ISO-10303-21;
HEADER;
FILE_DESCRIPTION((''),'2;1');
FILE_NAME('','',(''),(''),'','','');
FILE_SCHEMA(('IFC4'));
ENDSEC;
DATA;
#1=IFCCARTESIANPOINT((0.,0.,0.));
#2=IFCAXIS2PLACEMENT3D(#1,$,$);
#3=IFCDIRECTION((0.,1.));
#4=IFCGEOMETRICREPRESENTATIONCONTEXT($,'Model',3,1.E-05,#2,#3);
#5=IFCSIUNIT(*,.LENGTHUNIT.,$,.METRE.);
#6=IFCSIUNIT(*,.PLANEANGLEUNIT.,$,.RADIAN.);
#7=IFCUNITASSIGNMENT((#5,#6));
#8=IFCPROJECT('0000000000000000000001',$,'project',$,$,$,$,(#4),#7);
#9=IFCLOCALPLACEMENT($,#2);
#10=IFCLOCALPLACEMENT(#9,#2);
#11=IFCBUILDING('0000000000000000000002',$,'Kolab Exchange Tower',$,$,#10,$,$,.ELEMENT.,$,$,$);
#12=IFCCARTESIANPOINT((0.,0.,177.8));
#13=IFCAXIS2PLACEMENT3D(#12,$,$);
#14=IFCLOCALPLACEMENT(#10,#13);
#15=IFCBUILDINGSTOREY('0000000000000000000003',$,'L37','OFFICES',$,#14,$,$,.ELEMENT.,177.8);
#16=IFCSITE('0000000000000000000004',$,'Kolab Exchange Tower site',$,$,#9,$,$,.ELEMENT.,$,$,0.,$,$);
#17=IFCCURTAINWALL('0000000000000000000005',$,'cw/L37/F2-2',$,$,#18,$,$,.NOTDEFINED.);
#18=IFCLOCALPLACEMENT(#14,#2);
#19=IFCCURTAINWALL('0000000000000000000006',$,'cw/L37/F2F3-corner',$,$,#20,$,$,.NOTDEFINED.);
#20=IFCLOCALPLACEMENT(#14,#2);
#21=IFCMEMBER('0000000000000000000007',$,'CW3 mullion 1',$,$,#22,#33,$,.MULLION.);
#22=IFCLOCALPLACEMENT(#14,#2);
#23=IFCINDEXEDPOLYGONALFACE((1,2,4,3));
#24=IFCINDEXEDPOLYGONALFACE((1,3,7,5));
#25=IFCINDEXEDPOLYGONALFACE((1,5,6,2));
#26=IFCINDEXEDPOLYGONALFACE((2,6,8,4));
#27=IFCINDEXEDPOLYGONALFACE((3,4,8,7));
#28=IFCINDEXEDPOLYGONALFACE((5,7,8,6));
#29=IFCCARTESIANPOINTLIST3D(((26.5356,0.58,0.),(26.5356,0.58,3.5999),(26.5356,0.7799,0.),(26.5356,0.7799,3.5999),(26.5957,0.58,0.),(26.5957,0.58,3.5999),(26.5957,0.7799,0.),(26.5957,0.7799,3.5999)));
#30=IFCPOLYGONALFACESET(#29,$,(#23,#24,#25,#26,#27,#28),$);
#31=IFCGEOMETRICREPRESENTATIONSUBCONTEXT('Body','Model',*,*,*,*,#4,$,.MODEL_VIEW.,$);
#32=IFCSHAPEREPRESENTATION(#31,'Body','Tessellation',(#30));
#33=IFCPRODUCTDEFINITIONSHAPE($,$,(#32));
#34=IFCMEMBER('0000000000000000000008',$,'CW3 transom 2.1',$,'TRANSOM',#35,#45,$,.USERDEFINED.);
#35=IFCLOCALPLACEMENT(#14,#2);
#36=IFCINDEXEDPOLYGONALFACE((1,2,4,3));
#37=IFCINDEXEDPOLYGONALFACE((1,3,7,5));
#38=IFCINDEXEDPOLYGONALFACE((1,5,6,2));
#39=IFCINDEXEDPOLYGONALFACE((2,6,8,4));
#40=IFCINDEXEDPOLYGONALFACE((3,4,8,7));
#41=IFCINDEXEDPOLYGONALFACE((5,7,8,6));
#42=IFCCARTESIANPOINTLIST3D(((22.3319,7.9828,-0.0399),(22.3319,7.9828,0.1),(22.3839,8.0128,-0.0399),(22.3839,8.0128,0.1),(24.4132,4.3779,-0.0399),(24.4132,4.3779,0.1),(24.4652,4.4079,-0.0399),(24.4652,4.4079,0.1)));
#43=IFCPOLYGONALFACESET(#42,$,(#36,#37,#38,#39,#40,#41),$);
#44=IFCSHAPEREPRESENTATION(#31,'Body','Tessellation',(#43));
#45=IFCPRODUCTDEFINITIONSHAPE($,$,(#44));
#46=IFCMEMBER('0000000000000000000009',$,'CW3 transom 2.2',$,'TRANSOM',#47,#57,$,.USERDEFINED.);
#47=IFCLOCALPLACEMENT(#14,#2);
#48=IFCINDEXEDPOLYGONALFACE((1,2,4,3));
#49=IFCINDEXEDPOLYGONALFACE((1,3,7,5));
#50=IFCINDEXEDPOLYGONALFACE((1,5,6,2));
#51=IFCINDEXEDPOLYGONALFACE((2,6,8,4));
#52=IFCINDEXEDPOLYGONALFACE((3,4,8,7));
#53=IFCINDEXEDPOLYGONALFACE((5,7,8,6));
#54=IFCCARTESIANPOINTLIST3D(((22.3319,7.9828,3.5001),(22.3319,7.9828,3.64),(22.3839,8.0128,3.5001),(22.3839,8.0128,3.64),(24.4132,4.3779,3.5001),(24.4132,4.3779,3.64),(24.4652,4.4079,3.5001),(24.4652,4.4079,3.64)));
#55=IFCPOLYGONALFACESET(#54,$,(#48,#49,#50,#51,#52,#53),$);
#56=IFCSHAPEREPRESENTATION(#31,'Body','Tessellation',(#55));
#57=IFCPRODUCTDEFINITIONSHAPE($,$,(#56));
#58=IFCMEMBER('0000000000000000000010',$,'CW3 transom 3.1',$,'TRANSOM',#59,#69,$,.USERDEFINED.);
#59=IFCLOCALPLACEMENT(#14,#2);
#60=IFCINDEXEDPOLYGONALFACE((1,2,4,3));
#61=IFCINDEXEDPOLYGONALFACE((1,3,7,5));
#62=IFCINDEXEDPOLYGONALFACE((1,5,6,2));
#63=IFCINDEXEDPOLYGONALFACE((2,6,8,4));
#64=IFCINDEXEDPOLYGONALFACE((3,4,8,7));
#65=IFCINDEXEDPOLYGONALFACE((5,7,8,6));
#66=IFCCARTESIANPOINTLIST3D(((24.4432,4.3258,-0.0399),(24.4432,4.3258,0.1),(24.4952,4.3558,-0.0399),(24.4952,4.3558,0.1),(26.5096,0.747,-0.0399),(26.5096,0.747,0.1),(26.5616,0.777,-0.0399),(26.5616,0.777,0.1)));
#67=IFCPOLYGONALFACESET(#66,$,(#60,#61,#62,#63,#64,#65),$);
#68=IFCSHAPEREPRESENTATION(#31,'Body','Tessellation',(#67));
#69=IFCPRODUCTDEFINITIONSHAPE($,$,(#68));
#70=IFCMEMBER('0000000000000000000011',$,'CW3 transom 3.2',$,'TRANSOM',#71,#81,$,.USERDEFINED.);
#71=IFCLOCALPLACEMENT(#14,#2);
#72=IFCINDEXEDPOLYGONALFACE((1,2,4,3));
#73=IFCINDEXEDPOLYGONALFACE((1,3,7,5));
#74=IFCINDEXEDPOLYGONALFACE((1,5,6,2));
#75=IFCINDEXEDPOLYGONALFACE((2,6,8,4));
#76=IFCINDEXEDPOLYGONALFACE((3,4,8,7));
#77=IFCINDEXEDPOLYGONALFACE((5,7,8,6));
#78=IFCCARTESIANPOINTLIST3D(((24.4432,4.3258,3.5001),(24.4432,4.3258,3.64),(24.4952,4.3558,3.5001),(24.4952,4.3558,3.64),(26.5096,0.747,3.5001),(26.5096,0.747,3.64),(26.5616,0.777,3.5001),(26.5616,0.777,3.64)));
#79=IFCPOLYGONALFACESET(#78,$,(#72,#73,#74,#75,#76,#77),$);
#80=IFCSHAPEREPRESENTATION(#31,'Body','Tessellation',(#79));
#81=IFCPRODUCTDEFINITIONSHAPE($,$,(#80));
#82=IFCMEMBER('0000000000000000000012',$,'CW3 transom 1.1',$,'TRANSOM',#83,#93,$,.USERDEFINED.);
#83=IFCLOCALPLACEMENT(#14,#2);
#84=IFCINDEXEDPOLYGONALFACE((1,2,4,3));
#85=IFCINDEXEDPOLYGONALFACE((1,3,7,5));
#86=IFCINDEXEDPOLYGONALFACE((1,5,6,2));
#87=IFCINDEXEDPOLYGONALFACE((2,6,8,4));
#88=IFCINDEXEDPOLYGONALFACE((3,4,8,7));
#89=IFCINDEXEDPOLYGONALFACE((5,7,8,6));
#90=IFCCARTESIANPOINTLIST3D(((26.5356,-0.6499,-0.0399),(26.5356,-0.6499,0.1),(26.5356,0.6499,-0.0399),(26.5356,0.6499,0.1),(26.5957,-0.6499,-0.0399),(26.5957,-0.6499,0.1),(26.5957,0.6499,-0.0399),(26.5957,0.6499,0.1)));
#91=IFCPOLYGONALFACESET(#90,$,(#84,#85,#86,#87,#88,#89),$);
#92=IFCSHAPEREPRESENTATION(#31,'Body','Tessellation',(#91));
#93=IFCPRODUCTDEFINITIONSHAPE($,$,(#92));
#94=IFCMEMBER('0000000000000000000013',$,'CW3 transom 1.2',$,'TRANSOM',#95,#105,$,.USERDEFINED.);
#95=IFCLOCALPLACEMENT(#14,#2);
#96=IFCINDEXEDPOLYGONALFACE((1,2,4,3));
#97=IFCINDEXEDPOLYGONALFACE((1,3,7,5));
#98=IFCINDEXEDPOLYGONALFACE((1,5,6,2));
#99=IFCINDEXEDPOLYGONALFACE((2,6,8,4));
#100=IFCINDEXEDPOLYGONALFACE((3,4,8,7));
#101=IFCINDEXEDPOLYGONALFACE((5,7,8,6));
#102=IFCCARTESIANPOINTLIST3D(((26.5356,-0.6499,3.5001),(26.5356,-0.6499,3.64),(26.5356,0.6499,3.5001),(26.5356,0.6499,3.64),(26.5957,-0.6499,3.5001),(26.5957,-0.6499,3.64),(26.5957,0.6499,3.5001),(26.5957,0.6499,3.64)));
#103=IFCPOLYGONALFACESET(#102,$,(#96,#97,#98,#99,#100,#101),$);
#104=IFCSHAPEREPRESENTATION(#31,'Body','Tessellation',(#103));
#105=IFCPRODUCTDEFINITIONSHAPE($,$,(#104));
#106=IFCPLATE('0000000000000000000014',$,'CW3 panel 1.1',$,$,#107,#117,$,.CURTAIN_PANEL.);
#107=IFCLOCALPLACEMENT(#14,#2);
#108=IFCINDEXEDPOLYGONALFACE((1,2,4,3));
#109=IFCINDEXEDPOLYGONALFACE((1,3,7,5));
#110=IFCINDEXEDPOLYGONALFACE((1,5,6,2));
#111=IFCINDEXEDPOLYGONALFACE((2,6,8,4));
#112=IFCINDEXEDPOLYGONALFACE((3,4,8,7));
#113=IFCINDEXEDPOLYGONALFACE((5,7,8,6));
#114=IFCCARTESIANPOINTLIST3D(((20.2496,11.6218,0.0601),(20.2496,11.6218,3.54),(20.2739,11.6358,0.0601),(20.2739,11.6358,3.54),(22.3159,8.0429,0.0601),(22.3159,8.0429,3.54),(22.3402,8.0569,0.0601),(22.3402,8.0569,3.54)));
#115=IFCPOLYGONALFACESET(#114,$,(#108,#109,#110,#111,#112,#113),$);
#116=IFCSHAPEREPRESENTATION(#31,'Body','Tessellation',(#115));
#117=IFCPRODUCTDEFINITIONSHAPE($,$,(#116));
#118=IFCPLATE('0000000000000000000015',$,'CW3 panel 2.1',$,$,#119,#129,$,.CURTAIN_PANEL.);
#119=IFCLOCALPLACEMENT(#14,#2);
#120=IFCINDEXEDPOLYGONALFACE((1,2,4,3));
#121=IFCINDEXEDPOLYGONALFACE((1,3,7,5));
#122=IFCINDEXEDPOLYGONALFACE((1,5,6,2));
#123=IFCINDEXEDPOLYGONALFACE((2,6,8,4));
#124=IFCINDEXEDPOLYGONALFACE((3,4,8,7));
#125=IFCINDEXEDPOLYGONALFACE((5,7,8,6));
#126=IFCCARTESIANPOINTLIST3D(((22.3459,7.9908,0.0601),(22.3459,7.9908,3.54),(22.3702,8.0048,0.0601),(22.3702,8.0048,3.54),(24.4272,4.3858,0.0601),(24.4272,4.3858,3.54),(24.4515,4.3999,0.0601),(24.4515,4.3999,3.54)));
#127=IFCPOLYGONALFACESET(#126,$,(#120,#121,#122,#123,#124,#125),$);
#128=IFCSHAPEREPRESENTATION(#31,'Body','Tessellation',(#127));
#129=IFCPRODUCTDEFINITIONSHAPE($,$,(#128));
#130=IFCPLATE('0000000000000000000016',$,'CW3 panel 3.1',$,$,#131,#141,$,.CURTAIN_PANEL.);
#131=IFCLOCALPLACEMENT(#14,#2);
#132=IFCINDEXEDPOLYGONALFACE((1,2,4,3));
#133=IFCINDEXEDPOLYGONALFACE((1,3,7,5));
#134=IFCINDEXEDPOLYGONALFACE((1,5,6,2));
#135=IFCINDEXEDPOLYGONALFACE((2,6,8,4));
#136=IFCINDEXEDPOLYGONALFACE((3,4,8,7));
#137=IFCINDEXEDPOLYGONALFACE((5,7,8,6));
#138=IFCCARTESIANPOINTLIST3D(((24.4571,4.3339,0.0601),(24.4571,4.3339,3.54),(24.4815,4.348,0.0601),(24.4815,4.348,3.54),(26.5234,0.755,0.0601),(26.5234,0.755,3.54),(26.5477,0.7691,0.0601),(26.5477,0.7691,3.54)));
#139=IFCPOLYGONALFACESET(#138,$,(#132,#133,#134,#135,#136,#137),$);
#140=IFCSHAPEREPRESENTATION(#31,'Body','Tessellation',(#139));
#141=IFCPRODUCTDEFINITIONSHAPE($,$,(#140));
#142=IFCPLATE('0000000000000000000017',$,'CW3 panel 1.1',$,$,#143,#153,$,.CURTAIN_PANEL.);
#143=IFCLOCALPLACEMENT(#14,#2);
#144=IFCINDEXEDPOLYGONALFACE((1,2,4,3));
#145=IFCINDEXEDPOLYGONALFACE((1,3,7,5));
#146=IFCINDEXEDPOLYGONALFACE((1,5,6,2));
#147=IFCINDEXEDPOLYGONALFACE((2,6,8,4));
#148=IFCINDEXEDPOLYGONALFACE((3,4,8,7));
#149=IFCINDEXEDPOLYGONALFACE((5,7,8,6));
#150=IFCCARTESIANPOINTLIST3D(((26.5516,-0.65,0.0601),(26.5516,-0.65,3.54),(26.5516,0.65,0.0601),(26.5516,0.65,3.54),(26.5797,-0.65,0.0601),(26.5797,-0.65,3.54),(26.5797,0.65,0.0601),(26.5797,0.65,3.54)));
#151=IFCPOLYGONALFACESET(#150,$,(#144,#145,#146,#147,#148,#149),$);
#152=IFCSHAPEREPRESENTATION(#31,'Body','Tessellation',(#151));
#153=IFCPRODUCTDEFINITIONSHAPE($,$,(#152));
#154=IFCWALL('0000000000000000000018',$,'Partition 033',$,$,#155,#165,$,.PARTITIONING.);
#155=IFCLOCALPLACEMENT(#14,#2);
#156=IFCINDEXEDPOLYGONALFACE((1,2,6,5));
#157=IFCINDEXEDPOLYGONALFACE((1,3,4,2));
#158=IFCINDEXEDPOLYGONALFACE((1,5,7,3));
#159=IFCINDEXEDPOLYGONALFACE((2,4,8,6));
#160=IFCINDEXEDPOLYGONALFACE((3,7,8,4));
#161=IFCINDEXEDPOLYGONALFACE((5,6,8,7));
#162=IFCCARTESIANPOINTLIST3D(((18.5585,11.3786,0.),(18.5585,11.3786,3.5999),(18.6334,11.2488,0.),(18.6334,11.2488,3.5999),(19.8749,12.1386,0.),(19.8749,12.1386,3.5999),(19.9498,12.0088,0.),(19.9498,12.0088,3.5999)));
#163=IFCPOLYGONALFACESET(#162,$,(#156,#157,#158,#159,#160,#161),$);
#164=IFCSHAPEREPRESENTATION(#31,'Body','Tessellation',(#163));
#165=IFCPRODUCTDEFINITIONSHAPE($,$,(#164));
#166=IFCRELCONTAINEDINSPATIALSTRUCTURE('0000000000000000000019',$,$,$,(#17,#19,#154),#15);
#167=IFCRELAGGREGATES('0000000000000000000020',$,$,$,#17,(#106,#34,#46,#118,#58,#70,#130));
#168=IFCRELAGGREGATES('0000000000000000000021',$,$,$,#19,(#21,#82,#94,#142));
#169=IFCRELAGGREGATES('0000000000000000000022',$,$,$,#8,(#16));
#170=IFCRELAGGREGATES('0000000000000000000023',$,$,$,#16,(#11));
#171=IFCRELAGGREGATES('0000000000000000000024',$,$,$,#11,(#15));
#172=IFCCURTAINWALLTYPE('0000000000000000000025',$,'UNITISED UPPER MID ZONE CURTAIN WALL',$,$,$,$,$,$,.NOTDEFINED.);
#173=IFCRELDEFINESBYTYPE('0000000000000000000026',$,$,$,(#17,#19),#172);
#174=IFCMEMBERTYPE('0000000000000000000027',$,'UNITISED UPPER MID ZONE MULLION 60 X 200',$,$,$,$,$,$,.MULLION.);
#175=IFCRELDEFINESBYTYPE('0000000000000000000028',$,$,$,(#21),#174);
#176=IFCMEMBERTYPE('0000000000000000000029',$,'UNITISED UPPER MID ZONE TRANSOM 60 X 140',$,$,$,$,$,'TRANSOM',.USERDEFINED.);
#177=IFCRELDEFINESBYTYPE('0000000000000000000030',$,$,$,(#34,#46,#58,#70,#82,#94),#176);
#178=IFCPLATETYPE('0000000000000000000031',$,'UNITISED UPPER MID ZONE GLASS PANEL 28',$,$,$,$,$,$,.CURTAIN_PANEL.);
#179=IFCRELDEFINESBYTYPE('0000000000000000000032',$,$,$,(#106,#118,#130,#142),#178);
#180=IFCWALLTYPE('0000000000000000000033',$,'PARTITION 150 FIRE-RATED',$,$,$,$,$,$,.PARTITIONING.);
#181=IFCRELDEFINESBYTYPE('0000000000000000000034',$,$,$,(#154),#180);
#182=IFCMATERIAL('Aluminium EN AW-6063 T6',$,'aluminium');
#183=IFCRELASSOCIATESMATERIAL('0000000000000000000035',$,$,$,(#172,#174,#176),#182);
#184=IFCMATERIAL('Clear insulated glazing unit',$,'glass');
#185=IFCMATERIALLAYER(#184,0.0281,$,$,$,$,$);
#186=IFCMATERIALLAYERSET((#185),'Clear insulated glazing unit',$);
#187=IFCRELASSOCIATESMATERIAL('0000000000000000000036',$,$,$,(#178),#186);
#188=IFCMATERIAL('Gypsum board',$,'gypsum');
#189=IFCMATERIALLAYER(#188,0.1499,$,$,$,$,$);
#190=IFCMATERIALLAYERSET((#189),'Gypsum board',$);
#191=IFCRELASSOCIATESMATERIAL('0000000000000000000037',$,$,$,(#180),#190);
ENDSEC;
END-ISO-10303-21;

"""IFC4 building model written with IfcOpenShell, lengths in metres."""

from ifc_helpers import new_model, si_unit, direction, frame, frame_2d, origin, origin_2d, place, context, subcontext, project, spatial, rectangle, extrude, material, layer, layer_set, material_profile, profile_set, type_object, element, aggregate, save


model = new_model("IFC4")

# Units and contexts
model_context = context("Model", 3, precision=1e-05, world=origin(), true_north=direction((0.0, 1.0)))
body_context = subcontext(model_context, "Body", "Model", "MODEL_VIEW")
ifc_project = project(units=[si_unit("LENGTHUNIT", "METRE"), si_unit("PLANEANGLEUNIT", "RADIAN")], contexts=[model_context])

# Site, building, storey
site_placement = place(None, origin())
site = spatial("IfcSite", under=ifc_project, at=site_placement, Name="Kolab Exchange Tower site", CompositionType="ELEMENT", RefElevation=0.0)
building_placement = place(site_placement, origin())
building = spatial("IfcBuilding", under=site, at=building_placement, Name="Kolab Exchange Tower", CompositionType="ELEMENT")
storey_placement = place(building_placement, frame((0.0, 0.0, 177.8)))
storey = spatial("IfcBuildingStorey", under=building, at=storey_placement, Name="L37", Description="OFFICES", CompositionType="ELEMENT", Elevation=177.8)

# Curtain wall
ifc_material_1 = material(Name="Aluminium EN AW-6063 T6", Category="aluminium")
curtain_wall_type = type_object("IfcCurtainWallType", Name="UNITISED UPPER MID ZONE CURTAIN WALL", PredefinedType="NOTDEFINED", material=ifc_material_1)
curtain_wall_1_placement = place(storey_placement, origin())
curtain_wall_1 = element("IfcCurtainWall", 1, at=curtain_wall_1_placement, inside=storey, type_object=curtain_wall_type, Name="cw/L37/F2-2", PredefinedType="NOTDEFINED")
ifc_material_profile_1 = material_profile(ifc_material_1, rectangle(XDim=0.0601, YDim=0.2, at=origin_2d()), Name="RECT 60X200")
ifc_profile_set_1 = profile_set([ifc_material_profile_1], Name="Aluminium EN AW-6063 T6")
member_type_1 = type_object("IfcMemberType", Name="UNITISED UPPER MID ZONE MULLION 60 X 200", PredefinedType="MULLION", material=ifc_profile_set_1)

# Curtain wall, member
curtain_wall_2_placement = place(storey_placement, origin())
curtain_wall_2 = element("IfcCurtainWall", 2, at=curtain_wall_2_placement, inside=storey, type_object=curtain_wall_type, Name="cw/L37/F2F3-corner", PredefinedType="NOTDEFINED")
member_1_placement = place(storey_placement, frame((26.5657, 0.6799, 0.0), z_axis=(0.0, 0.0, 1.0), x_axis=(1.0, 0.0, 0.0)))
member_1 = element("IfcMember", 3, at=member_1_placement, type_object=member_type_1, Name="CW3 mullion 1", PredefinedType="MULLION", context=body_context, shape_type="SweptSolid", body=[
    extrude(rectangle(XDim=0.0601, YDim=0.2, at=origin_2d()), origin(), (0.0, 0.0, 1.0), 3.5999),
])

# Members
ifc_material_profile_2 = material_profile(ifc_material_1, rectangle(XDim=0.0601, YDim=0.1399, at=origin_2d()), Name="RECT 60X140")
ifc_profile_set_2 = profile_set([ifc_material_profile_2], Name="Aluminium EN AW-6063 T6")
member_type_2 = type_object("IfcMemberType", Name="UNITISED UPPER MID ZONE TRANSOM 60 X 140", ElementType="TRANSOM", PredefinedType="USERDEFINED", material=ifc_profile_set_2)
member_2_placement = place(storey_placement, frame((22.3579, 7.9978, 0.03), z_axis=(0.499993, -0.866029, 0.0), x_axis=(0.866029, 0.499993, 0.0)))
member_2 = element("IfcMember", 4, at=member_2_placement, type_object=member_type_2, Name="CW3 transom 2.1", ObjectType="TRANSOM", PredefinedType="USERDEFINED", context=body_context, shape_type="SweptSolid", body=[
    extrude(rectangle(XDim=0.0601, YDim=0.1399, at=origin_2d()), origin(), (0.0, 0.0, 1.0), 4.1626),
])
member_3_placement = place(storey_placement, frame((22.3579, 7.9978, 3.5701), z_axis=(0.499993, -0.866029, 0.0), x_axis=(0.866029, 0.499993, 0.0)))
member_3 = element("IfcMember", 5, at=member_3_placement, type_object=member_type_2, Name="CW3 transom 2.2", ObjectType="TRANSOM", PredefinedType="USERDEFINED", context=body_context, shape_type="SweptSolid", body=[
    extrude(rectangle(XDim=0.0601, YDim=0.1399, at=origin_2d()), origin(), (0.0, 0.0, 1.0), 4.1626),
])
member_4_placement = place(storey_placement, frame((24.4692, 4.3408, 0.03), z_axis=(0.500028, -0.866009, 0.0), x_axis=(0.866009, 0.500028, 0.0)))
member_4 = element("IfcMember", 6, at=member_4_placement, type_object=member_type_2, Name="CW3 transom 3.1", ObjectType="TRANSOM", PredefinedType="USERDEFINED", context=body_context, shape_type="SweptSolid", body=[
    extrude(rectangle(XDim=0.0601, YDim=0.1399, at=origin_2d()), origin(), (0.0, 0.0, 1.0), 4.1326),
])
member_5_placement = place(storey_placement, frame((24.4692, 4.3408, 3.5701), z_axis=(0.500028, -0.866009, 0.0), x_axis=(0.866009, 0.500028, 0.0)))
member_5 = element("IfcMember", 7, at=member_5_placement, type_object=member_type_2, Name="CW3 transom 3.2", ObjectType="TRANSOM", PredefinedType="USERDEFINED", context=body_context, shape_type="SweptSolid", body=[
    extrude(rectangle(XDim=0.0601, YDim=0.1399, at=origin_2d()), origin(), (0.0, 0.0, 1.0), 4.1326),
])
member_6_placement = place(storey_placement, frame((26.5657, 0.6499, 0.03), z_axis=(0.0, -1.0, 0.0), x_axis=(1.0, 0.0, 0.0)))
member_6 = element("IfcMember", 8, at=member_6_placement, type_object=member_type_2, Name="CW3 transom 1.1", ObjectType="TRANSOM", PredefinedType="USERDEFINED", context=body_context, shape_type="SweptSolid", body=[
    extrude(rectangle(XDim=0.0601, YDim=0.1399, at=origin_2d()), origin(), (0.0, 0.0, 1.0), 1.2998),
])
member_7_placement = place(storey_placement, frame((26.5657, 0.6499, 3.5701), z_axis=(0.0, -1.0, 0.0), x_axis=(1.0, 0.0, 0.0)))
member_7 = element("IfcMember", 9, at=member_7_placement, type_object=member_type_2, Name="CW3 transom 1.2", ObjectType="TRANSOM", PredefinedType="USERDEFINED", context=body_context, shape_type="SweptSolid", body=[
    extrude(rectangle(XDim=0.0601, YDim=0.1399, at=origin_2d()), origin(), (0.0, 0.0, 1.0), 1.2998),
])

# Plates
ifc_material_2 = material(Name="Clear insulated glazing unit", Category="glass")
ifc_layer_1 = layer(ifc_material_2, 0.0281)
ifc_layer_set_1 = layer_set([ifc_layer_1], Name="Clear insulated glazing unit")
plate_type = type_object("IfcPlateType", Name="UNITISED UPPER MID ZONE GLASS PANEL 28", PredefinedType="CURTAIN_PANEL", material=ifc_layer_set_1)
plate_1_placement = place(storey_placement, frame((21.2949, 9.8394, 0.0601), z_axis=(0.0, 0.0, 1.0), x_axis=(0.5, -0.866025, 0.0)))
plate_1 = element("IfcPlate", 10, at=plate_1_placement, type_object=plate_type, Name="CW3 panel 1.1", PredefinedType="CURTAIN_PANEL", context=body_context, shape_type="SweptSolid", body=[
    extrude(rectangle(XDim=4.1326, YDim=0.0281, at=origin_2d()), origin(), (0.0, 0.0, 1.0), 3.48),
])
plate_2_placement = place(storey_placement, frame((23.3987, 6.1953, 0.0601), z_axis=(0.0, 0.0, 1.0), x_axis=(0.5, -0.866025, 0.0)))
plate_2 = element("IfcPlate", 11, at=plate_2_placement, type_object=plate_type, Name="CW3 panel 2.1", PredefinedType="CURTAIN_PANEL", context=body_context, shape_type="SweptSolid", body=[
    extrude(rectangle(XDim=4.1626, YDim=0.0281, at=origin_2d()), origin(), (0.0, 0.0, 1.0), 3.48),
])
plate_3_placement = place(storey_placement, frame((25.5024, 2.5515, 0.0601), z_axis=(0.0, 0.0, 1.0), x_axis=(0.5, -0.866025, 0.0)))
plate_3 = element("IfcPlate", 12, at=plate_3_placement, type_object=plate_type, Name="CW3 panel 3.1", PredefinedType="CURTAIN_PANEL", context=body_context, shape_type="SweptSolid", body=[
    extrude(rectangle(XDim=4.1326, YDim=0.0281, at=origin_2d()), origin(), (0.0, 0.0, 1.0), 3.48),
])
aggregate(curtain_wall_1, [plate_1, member_2, member_3, plate_2, member_4, member_5, plate_3])
plate_4_placement = place(storey_placement, frame((26.5657, 0.0, 0.0601), z_axis=(0.0, 0.0, 1.0), x_axis=(0.0, -1.0, 0.0)))
plate_4 = element("IfcPlate", 13, at=plate_4_placement, type_object=plate_type, Name="CW3 panel 1.1", PredefinedType="CURTAIN_PANEL", context=body_context, shape_type="SweptSolid", body=[
    extrude(rectangle(XDim=1.3, YDim=0.0281, at=origin_2d()), origin(), (0.0, 0.0, 1.0), 3.48),
])
aggregate(curtain_wall_2, [member_1, member_6, member_7, plate_4])

# Wall
ifc_material_3 = material(Name="Gypsum board", Category="gypsum")
ifc_layer_2 = layer(ifc_material_3, 0.1499)
ifc_layer_set_2 = layer_set([ifc_layer_2], Name="Gypsum board")
wall_type = type_object("IfcWallType", Name="PARTITION 150 FIRE-RATED", PredefinedType="PARTITIONING", material=ifc_layer_set_2)
wall_placement = place(storey_placement, frame((18.5959, 11.3137, 0.0), z_axis=(0.0, 0.0, 1.0), x_axis=(0.86603, 0.499991, 0.0)))
element("IfcWall", 14, at=wall_placement, inside=storey, type_object=wall_type, Name="Partition 033", PredefinedType="PARTITIONING", context=body_context, shape_type="SweptSolid", body=[
    extrude(rectangle(XDim=1.52, YDim=0.1499, at=frame_2d((0.76, 0.0))), origin(), (0.0, 0.0, 1.0), 3.5999),
])

save(model, "model.ifc")
